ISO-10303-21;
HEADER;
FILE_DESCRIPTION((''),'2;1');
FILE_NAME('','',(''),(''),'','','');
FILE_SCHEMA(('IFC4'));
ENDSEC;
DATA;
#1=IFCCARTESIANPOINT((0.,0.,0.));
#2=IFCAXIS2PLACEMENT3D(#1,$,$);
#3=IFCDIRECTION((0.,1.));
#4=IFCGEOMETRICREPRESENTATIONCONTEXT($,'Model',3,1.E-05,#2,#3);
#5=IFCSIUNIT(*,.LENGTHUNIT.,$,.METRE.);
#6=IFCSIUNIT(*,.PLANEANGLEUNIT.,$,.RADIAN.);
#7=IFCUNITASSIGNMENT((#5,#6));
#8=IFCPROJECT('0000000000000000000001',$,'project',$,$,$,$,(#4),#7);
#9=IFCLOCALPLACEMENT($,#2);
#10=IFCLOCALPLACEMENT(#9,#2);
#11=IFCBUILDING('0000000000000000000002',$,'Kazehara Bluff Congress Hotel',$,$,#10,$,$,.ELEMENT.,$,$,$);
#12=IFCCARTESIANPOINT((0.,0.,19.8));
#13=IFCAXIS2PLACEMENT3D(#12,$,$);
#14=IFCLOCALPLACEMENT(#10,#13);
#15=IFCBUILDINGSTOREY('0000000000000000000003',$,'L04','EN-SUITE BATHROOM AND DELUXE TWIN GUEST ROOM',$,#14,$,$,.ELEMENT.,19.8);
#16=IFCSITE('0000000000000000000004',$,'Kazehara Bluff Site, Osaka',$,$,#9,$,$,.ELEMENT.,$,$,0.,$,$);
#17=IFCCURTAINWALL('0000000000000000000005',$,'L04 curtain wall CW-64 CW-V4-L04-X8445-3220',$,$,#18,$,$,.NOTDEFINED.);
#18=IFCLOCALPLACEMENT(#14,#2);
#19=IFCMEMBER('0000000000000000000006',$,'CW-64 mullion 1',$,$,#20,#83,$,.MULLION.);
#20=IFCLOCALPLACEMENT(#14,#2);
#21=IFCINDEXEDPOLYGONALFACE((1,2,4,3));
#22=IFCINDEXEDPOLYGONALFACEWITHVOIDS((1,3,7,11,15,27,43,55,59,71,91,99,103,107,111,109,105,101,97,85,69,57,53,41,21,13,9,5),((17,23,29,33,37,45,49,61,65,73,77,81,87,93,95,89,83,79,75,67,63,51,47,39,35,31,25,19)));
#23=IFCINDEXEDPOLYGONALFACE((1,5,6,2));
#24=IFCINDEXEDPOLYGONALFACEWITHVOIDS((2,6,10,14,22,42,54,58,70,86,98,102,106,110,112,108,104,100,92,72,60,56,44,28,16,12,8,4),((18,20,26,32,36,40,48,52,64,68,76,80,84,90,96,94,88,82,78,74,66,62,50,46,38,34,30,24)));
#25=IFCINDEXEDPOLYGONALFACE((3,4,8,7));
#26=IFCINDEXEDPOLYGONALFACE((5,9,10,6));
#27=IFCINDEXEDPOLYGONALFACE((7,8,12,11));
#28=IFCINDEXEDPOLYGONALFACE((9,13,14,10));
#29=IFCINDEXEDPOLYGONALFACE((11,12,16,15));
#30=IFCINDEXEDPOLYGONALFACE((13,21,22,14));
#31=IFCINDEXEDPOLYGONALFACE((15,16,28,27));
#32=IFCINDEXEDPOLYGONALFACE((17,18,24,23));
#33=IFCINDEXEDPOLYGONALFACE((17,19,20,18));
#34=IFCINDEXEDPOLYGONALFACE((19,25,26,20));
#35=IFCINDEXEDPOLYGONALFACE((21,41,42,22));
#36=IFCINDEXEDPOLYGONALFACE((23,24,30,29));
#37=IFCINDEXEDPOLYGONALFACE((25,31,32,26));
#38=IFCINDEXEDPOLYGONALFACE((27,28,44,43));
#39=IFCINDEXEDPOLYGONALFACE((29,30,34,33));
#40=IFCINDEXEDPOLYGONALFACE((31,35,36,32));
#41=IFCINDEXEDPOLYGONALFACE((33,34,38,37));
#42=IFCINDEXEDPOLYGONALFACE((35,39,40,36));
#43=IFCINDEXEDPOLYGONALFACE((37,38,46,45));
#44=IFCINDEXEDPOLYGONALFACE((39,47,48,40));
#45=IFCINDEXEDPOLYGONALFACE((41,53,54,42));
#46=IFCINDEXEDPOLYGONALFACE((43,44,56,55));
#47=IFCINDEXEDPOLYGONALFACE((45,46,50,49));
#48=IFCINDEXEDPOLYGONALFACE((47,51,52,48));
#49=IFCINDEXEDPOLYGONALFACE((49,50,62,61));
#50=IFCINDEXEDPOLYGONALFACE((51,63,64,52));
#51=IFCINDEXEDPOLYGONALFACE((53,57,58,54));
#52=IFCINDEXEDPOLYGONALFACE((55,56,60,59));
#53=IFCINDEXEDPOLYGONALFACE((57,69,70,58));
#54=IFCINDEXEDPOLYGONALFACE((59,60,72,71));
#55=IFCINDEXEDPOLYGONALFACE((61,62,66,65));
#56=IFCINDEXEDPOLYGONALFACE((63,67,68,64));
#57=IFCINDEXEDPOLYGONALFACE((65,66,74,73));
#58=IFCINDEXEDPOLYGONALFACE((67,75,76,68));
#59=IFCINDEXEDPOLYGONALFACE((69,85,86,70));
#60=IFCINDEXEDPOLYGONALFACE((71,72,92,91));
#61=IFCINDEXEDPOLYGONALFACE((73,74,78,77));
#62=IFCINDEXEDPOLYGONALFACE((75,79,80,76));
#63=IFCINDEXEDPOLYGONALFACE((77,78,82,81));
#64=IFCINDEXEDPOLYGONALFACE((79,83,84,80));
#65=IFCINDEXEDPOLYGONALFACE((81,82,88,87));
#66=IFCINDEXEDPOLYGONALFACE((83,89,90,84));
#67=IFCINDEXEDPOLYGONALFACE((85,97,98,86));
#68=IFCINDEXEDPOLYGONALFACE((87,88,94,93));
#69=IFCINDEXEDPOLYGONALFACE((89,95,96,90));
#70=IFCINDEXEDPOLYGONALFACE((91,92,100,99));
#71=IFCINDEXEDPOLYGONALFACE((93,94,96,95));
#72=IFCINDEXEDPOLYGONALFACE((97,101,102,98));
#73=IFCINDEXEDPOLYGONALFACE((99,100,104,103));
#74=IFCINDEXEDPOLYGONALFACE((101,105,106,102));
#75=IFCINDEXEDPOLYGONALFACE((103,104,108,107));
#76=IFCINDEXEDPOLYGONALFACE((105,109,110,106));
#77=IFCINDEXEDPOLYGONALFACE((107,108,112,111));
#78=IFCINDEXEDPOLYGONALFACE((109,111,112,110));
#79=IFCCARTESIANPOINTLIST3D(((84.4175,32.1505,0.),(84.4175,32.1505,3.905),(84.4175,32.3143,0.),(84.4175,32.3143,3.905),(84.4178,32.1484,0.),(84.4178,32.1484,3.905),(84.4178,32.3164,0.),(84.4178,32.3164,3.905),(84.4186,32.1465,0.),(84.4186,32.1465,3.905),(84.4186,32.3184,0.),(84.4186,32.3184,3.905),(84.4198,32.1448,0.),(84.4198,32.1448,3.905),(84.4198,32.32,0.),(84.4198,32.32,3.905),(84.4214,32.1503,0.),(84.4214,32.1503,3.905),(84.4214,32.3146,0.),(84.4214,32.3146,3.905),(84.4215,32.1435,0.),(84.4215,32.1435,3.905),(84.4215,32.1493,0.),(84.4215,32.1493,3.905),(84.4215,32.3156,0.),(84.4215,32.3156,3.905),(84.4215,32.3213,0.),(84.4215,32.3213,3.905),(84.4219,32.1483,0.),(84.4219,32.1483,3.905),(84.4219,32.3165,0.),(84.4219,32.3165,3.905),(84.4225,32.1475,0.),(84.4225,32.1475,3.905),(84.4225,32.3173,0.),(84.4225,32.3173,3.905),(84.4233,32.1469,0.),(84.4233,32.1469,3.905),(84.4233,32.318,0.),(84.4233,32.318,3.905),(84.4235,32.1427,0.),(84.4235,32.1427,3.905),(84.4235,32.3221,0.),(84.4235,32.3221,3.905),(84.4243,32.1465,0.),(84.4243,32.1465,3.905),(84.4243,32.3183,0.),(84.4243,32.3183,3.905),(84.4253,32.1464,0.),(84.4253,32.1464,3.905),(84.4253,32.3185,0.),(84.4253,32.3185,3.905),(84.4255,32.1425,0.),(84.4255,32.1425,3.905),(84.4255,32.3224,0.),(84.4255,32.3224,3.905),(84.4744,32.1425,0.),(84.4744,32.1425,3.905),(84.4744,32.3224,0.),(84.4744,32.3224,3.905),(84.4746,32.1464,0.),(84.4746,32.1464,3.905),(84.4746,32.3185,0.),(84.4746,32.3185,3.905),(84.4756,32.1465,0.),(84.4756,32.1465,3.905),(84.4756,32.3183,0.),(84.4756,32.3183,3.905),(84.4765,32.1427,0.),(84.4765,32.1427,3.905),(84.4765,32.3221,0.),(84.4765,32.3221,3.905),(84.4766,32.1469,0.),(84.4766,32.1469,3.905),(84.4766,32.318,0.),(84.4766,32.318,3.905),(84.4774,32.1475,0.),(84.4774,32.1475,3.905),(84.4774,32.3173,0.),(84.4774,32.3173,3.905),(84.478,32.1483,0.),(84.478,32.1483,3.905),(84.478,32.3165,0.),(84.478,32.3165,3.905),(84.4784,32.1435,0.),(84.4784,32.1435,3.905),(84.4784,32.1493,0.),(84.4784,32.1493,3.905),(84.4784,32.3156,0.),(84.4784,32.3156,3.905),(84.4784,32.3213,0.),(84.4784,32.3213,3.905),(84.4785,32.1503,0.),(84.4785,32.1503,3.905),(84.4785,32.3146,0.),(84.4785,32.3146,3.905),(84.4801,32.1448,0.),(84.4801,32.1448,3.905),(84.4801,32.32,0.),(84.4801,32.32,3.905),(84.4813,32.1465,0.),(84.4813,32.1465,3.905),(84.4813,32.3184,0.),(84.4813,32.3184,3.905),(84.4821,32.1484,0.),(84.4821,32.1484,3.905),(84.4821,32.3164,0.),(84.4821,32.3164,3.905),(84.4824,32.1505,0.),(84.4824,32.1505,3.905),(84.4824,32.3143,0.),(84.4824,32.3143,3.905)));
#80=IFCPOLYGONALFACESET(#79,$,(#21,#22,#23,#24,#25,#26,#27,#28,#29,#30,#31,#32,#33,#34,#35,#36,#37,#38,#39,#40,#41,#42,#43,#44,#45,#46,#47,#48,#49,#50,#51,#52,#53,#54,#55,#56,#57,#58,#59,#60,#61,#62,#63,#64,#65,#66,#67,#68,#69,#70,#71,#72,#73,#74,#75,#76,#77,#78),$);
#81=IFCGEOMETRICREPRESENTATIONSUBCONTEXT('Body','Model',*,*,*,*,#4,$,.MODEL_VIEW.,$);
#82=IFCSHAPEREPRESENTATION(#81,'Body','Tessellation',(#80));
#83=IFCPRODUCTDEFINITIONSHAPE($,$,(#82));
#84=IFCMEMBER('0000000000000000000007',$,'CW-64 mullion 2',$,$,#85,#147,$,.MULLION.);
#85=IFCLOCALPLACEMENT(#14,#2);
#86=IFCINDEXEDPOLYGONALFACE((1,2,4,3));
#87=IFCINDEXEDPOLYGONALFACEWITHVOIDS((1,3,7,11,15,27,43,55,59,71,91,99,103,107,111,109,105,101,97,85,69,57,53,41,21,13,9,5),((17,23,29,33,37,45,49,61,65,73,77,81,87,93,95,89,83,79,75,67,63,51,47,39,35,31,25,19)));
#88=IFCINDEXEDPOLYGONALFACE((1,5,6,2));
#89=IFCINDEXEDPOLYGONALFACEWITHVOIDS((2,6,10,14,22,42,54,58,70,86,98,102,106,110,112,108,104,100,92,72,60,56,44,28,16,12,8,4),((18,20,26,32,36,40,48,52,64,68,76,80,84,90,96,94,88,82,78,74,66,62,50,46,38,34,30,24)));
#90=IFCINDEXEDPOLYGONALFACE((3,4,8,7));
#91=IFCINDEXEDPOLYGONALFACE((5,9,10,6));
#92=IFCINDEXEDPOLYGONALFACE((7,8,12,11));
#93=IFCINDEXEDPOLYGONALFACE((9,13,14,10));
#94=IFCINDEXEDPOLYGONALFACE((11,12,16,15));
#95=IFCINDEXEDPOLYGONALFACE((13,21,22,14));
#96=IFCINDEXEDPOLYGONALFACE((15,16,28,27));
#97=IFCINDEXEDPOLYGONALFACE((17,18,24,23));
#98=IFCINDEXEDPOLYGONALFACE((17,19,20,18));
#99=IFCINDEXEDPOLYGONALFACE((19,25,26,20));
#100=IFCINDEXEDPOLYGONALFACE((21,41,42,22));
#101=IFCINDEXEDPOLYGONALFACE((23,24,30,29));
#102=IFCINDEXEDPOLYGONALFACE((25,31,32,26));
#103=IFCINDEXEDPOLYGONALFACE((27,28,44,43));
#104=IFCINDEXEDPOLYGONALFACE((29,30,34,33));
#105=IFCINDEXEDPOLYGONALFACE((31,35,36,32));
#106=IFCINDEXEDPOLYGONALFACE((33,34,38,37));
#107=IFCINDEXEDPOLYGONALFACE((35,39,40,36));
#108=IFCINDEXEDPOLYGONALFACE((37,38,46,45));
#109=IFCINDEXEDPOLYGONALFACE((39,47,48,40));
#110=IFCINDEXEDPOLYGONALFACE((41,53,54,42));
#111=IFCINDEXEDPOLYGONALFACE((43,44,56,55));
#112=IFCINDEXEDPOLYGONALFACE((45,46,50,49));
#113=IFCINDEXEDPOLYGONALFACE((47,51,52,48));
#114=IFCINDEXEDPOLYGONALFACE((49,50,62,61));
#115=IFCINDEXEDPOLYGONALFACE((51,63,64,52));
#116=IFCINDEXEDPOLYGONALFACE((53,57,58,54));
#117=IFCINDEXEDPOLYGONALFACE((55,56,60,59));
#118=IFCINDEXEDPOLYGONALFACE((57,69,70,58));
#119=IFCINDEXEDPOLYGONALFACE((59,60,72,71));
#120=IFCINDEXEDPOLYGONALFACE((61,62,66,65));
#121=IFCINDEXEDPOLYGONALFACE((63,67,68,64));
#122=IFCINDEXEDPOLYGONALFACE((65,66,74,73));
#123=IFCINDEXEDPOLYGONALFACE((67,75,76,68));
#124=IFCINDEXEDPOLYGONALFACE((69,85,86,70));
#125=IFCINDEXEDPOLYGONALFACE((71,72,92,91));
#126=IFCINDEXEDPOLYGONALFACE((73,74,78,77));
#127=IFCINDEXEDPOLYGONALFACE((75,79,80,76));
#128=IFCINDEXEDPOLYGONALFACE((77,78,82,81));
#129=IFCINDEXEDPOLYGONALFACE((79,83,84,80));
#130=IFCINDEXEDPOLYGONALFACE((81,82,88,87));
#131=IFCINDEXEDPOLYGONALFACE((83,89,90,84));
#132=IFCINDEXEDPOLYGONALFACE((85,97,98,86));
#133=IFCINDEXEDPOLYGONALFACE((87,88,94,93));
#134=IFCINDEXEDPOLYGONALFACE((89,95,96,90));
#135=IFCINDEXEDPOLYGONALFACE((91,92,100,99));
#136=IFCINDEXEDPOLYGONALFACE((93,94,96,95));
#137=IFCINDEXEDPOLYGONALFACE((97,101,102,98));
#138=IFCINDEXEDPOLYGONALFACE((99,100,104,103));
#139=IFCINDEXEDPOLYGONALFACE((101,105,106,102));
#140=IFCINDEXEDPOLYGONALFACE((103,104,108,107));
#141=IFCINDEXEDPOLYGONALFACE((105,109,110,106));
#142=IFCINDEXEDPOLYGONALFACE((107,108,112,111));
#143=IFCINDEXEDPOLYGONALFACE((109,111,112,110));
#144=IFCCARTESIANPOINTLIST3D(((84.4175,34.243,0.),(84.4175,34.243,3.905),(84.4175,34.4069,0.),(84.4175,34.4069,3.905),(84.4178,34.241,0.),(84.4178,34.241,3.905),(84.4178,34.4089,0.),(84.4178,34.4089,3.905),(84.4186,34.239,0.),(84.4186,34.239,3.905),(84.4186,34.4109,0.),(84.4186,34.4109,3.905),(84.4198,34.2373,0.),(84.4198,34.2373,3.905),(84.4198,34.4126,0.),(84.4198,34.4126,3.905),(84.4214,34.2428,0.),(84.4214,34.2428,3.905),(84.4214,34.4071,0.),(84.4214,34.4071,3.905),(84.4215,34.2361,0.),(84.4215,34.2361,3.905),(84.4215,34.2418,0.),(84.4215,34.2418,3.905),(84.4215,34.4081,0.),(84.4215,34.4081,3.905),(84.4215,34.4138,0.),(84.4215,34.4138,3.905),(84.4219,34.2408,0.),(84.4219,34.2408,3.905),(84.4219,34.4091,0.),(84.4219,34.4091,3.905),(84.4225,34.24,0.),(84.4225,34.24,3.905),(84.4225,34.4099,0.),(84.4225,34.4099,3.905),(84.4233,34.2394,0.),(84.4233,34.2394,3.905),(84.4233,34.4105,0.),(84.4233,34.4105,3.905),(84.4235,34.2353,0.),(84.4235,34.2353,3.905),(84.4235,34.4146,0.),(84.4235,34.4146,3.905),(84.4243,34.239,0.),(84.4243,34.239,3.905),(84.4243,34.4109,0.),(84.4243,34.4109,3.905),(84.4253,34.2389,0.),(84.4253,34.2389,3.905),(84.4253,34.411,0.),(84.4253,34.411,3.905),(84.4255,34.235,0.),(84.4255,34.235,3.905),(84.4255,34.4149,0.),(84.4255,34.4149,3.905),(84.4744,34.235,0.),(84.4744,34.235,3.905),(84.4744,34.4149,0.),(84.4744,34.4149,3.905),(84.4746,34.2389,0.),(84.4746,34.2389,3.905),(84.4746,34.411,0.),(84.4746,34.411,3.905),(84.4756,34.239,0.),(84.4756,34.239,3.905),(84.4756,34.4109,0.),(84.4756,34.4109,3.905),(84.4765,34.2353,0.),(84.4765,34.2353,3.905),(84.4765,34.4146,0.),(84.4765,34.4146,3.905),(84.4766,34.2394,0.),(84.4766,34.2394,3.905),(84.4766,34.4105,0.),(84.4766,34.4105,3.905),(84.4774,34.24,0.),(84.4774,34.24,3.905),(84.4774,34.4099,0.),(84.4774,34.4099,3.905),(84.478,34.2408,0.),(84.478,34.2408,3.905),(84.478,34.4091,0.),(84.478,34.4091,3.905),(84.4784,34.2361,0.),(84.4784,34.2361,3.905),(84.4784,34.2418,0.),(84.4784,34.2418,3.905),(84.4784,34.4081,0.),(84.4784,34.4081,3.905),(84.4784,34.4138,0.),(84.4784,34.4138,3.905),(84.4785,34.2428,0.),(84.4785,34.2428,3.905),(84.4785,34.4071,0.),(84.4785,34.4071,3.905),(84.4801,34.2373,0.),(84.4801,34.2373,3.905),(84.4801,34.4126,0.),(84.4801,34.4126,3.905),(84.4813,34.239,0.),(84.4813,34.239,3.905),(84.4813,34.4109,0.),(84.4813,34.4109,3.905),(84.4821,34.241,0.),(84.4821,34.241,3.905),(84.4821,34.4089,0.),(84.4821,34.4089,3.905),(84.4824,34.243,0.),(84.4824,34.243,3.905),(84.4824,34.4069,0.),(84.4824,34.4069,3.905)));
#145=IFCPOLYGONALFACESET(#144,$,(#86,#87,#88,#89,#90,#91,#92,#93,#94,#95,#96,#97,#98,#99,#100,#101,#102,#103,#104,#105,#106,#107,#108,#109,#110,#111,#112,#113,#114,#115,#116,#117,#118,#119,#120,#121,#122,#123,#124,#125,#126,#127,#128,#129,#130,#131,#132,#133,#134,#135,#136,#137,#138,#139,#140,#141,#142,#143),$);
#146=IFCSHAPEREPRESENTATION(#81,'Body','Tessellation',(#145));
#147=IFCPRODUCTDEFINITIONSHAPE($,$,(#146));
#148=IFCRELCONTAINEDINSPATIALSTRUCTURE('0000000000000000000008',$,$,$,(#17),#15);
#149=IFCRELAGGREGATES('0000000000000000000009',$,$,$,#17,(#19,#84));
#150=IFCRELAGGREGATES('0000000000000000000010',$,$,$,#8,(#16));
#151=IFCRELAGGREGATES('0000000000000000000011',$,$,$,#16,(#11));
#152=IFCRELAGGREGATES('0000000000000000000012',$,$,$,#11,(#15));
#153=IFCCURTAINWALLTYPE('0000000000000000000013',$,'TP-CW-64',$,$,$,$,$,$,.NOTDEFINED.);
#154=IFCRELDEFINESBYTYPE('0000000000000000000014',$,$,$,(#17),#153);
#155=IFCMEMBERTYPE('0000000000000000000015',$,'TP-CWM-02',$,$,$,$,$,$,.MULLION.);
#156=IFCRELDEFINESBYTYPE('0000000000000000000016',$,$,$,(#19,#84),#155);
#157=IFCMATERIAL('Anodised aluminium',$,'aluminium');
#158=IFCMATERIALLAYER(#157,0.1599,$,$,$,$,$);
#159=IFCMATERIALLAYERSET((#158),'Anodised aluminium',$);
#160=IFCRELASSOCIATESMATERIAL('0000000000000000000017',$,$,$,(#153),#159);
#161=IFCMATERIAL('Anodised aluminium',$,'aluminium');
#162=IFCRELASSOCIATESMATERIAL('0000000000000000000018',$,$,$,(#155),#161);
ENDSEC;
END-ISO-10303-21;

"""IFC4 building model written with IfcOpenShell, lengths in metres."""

from ifc_helpers import new_model, si_unit, direction, frame, origin, origin_2d, place, context, subcontext, project, spatial, hollow_rectangle, extrude, material, layer, layer_set, material_profile, profile_set, type_object, element, aggregate, save


model = new_model("IFC4")

# Units and contexts
model_context = context("Model", 3, precision=1e-05, world=origin(), true_north=direction((0.0, 1.0)))
body_context = subcontext(model_context, "Body", "Model", "MODEL_VIEW")
ifc_project = project(units=[si_unit("LENGTHUNIT", "METRE"), si_unit("PLANEANGLEUNIT", "RADIAN")], contexts=[model_context])

# Site, building, storey
site_placement = place(None, origin())
site = spatial("IfcSite", under=ifc_project, at=site_placement, Name="Kazehara Bluff Site, Osaka", CompositionType="ELEMENT", RefElevation=0.0)
building_placement = place(site_placement, origin())
building = spatial("IfcBuilding", under=site, at=building_placement, Name="Kazehara Bluff Congress Hotel", CompositionType="ELEMENT")
storey_placement = place(building_placement, frame((0.0, 0.0, 19.8)))
storey = spatial("IfcBuildingStorey", under=building, at=storey_placement, Name="L04", Description="EN-SUITE BATHROOM AND DELUXE TWIN GUEST ROOM", CompositionType="ELEMENT", Elevation=19.8)

# Curtain wall, members
ifc_material_1 = material(Name="Anodised aluminium", Category="aluminium")
ifc_layer_1 = layer(ifc_material_1, 0.1599)
ifc_layer_set_1 = layer_set([ifc_layer_1], Name="Anodised aluminium")
curtain_wall_type_1 = type_object("IfcCurtainWallType", Name="TP-CW-64", PredefinedType="NOTDEFINED", material=ifc_layer_set_1)
curtain_wall_1_placement = place(storey_placement, origin())
curtain_wall_1 = element("IfcCurtainWall", 1, at=curtain_wall_1_placement, inside=storey, type_object=curtain_wall_type_1, Name="L04 curtain wall CW-64 CW-V4-L04-X8445-3220", PredefinedType="NOTDEFINED")
ifc_material_2 = material(Name="Anodised aluminium", Category="aluminium")
ifc_material_profile_1 = material_profile(ifc_material_2, hollow_rectangle(XDim=0.0649, YDim=0.1799, WallThickness=0.0039, InnerFilletRadius=0.0039, OuterFilletRadius=0.0081, at=origin_2d()))
ifc_profile_set_1 = profile_set([ifc_material_profile_1], Name="Anodised aluminium")
member_type_1 = type_object("IfcMemberType", Name="TP-CWM-02", PredefinedType="MULLION", material=ifc_profile_set_1)
member_1_placement = place(storey_placement, frame((84.45, 32.2324, 0.0), z_axis=(0.0, 0.0, 1.0), x_axis=(-1.0, 0.0, 0.0)))
member_1 = element("IfcMember", 2, at=member_1_placement, type_object=member_type_1, Name="CW-64 mullion 1", PredefinedType="MULLION", context=body_context, shape_type="SweptSolid", body=[
    extrude(hollow_rectangle(XDim=0.0649, YDim=0.1799, WallThickness=0.0039, InnerFilletRadius=0.0039, OuterFilletRadius=0.0081, at=origin_2d()), origin(), (0.0, 0.0, 1.0), 3.905),
])
member_2_placement = place(storey_placement, frame((84.45, 34.325, 0.0), z_axis=(0.0, 0.0, 1.0), x_axis=(-1.0, 0.0, 0.0)))
member_2 = element("IfcMember", 3, at=member_2_placement, type_object=member_type_1, Name="CW-64 mullion 2", PredefinedType="MULLION", context=body_context, shape_type="SweptSolid", body=[
    extrude(hollow_rectangle(XDim=0.0649, YDim=0.1799, WallThickness=0.0039, InnerFilletRadius=0.0039, OuterFilletRadius=0.0081, at=origin_2d()), origin(), (0.0, 0.0, 1.0), 3.905),
])

aggregate(curtain_wall_1, [member_1, member_2])

save(model, "model.ifc")
